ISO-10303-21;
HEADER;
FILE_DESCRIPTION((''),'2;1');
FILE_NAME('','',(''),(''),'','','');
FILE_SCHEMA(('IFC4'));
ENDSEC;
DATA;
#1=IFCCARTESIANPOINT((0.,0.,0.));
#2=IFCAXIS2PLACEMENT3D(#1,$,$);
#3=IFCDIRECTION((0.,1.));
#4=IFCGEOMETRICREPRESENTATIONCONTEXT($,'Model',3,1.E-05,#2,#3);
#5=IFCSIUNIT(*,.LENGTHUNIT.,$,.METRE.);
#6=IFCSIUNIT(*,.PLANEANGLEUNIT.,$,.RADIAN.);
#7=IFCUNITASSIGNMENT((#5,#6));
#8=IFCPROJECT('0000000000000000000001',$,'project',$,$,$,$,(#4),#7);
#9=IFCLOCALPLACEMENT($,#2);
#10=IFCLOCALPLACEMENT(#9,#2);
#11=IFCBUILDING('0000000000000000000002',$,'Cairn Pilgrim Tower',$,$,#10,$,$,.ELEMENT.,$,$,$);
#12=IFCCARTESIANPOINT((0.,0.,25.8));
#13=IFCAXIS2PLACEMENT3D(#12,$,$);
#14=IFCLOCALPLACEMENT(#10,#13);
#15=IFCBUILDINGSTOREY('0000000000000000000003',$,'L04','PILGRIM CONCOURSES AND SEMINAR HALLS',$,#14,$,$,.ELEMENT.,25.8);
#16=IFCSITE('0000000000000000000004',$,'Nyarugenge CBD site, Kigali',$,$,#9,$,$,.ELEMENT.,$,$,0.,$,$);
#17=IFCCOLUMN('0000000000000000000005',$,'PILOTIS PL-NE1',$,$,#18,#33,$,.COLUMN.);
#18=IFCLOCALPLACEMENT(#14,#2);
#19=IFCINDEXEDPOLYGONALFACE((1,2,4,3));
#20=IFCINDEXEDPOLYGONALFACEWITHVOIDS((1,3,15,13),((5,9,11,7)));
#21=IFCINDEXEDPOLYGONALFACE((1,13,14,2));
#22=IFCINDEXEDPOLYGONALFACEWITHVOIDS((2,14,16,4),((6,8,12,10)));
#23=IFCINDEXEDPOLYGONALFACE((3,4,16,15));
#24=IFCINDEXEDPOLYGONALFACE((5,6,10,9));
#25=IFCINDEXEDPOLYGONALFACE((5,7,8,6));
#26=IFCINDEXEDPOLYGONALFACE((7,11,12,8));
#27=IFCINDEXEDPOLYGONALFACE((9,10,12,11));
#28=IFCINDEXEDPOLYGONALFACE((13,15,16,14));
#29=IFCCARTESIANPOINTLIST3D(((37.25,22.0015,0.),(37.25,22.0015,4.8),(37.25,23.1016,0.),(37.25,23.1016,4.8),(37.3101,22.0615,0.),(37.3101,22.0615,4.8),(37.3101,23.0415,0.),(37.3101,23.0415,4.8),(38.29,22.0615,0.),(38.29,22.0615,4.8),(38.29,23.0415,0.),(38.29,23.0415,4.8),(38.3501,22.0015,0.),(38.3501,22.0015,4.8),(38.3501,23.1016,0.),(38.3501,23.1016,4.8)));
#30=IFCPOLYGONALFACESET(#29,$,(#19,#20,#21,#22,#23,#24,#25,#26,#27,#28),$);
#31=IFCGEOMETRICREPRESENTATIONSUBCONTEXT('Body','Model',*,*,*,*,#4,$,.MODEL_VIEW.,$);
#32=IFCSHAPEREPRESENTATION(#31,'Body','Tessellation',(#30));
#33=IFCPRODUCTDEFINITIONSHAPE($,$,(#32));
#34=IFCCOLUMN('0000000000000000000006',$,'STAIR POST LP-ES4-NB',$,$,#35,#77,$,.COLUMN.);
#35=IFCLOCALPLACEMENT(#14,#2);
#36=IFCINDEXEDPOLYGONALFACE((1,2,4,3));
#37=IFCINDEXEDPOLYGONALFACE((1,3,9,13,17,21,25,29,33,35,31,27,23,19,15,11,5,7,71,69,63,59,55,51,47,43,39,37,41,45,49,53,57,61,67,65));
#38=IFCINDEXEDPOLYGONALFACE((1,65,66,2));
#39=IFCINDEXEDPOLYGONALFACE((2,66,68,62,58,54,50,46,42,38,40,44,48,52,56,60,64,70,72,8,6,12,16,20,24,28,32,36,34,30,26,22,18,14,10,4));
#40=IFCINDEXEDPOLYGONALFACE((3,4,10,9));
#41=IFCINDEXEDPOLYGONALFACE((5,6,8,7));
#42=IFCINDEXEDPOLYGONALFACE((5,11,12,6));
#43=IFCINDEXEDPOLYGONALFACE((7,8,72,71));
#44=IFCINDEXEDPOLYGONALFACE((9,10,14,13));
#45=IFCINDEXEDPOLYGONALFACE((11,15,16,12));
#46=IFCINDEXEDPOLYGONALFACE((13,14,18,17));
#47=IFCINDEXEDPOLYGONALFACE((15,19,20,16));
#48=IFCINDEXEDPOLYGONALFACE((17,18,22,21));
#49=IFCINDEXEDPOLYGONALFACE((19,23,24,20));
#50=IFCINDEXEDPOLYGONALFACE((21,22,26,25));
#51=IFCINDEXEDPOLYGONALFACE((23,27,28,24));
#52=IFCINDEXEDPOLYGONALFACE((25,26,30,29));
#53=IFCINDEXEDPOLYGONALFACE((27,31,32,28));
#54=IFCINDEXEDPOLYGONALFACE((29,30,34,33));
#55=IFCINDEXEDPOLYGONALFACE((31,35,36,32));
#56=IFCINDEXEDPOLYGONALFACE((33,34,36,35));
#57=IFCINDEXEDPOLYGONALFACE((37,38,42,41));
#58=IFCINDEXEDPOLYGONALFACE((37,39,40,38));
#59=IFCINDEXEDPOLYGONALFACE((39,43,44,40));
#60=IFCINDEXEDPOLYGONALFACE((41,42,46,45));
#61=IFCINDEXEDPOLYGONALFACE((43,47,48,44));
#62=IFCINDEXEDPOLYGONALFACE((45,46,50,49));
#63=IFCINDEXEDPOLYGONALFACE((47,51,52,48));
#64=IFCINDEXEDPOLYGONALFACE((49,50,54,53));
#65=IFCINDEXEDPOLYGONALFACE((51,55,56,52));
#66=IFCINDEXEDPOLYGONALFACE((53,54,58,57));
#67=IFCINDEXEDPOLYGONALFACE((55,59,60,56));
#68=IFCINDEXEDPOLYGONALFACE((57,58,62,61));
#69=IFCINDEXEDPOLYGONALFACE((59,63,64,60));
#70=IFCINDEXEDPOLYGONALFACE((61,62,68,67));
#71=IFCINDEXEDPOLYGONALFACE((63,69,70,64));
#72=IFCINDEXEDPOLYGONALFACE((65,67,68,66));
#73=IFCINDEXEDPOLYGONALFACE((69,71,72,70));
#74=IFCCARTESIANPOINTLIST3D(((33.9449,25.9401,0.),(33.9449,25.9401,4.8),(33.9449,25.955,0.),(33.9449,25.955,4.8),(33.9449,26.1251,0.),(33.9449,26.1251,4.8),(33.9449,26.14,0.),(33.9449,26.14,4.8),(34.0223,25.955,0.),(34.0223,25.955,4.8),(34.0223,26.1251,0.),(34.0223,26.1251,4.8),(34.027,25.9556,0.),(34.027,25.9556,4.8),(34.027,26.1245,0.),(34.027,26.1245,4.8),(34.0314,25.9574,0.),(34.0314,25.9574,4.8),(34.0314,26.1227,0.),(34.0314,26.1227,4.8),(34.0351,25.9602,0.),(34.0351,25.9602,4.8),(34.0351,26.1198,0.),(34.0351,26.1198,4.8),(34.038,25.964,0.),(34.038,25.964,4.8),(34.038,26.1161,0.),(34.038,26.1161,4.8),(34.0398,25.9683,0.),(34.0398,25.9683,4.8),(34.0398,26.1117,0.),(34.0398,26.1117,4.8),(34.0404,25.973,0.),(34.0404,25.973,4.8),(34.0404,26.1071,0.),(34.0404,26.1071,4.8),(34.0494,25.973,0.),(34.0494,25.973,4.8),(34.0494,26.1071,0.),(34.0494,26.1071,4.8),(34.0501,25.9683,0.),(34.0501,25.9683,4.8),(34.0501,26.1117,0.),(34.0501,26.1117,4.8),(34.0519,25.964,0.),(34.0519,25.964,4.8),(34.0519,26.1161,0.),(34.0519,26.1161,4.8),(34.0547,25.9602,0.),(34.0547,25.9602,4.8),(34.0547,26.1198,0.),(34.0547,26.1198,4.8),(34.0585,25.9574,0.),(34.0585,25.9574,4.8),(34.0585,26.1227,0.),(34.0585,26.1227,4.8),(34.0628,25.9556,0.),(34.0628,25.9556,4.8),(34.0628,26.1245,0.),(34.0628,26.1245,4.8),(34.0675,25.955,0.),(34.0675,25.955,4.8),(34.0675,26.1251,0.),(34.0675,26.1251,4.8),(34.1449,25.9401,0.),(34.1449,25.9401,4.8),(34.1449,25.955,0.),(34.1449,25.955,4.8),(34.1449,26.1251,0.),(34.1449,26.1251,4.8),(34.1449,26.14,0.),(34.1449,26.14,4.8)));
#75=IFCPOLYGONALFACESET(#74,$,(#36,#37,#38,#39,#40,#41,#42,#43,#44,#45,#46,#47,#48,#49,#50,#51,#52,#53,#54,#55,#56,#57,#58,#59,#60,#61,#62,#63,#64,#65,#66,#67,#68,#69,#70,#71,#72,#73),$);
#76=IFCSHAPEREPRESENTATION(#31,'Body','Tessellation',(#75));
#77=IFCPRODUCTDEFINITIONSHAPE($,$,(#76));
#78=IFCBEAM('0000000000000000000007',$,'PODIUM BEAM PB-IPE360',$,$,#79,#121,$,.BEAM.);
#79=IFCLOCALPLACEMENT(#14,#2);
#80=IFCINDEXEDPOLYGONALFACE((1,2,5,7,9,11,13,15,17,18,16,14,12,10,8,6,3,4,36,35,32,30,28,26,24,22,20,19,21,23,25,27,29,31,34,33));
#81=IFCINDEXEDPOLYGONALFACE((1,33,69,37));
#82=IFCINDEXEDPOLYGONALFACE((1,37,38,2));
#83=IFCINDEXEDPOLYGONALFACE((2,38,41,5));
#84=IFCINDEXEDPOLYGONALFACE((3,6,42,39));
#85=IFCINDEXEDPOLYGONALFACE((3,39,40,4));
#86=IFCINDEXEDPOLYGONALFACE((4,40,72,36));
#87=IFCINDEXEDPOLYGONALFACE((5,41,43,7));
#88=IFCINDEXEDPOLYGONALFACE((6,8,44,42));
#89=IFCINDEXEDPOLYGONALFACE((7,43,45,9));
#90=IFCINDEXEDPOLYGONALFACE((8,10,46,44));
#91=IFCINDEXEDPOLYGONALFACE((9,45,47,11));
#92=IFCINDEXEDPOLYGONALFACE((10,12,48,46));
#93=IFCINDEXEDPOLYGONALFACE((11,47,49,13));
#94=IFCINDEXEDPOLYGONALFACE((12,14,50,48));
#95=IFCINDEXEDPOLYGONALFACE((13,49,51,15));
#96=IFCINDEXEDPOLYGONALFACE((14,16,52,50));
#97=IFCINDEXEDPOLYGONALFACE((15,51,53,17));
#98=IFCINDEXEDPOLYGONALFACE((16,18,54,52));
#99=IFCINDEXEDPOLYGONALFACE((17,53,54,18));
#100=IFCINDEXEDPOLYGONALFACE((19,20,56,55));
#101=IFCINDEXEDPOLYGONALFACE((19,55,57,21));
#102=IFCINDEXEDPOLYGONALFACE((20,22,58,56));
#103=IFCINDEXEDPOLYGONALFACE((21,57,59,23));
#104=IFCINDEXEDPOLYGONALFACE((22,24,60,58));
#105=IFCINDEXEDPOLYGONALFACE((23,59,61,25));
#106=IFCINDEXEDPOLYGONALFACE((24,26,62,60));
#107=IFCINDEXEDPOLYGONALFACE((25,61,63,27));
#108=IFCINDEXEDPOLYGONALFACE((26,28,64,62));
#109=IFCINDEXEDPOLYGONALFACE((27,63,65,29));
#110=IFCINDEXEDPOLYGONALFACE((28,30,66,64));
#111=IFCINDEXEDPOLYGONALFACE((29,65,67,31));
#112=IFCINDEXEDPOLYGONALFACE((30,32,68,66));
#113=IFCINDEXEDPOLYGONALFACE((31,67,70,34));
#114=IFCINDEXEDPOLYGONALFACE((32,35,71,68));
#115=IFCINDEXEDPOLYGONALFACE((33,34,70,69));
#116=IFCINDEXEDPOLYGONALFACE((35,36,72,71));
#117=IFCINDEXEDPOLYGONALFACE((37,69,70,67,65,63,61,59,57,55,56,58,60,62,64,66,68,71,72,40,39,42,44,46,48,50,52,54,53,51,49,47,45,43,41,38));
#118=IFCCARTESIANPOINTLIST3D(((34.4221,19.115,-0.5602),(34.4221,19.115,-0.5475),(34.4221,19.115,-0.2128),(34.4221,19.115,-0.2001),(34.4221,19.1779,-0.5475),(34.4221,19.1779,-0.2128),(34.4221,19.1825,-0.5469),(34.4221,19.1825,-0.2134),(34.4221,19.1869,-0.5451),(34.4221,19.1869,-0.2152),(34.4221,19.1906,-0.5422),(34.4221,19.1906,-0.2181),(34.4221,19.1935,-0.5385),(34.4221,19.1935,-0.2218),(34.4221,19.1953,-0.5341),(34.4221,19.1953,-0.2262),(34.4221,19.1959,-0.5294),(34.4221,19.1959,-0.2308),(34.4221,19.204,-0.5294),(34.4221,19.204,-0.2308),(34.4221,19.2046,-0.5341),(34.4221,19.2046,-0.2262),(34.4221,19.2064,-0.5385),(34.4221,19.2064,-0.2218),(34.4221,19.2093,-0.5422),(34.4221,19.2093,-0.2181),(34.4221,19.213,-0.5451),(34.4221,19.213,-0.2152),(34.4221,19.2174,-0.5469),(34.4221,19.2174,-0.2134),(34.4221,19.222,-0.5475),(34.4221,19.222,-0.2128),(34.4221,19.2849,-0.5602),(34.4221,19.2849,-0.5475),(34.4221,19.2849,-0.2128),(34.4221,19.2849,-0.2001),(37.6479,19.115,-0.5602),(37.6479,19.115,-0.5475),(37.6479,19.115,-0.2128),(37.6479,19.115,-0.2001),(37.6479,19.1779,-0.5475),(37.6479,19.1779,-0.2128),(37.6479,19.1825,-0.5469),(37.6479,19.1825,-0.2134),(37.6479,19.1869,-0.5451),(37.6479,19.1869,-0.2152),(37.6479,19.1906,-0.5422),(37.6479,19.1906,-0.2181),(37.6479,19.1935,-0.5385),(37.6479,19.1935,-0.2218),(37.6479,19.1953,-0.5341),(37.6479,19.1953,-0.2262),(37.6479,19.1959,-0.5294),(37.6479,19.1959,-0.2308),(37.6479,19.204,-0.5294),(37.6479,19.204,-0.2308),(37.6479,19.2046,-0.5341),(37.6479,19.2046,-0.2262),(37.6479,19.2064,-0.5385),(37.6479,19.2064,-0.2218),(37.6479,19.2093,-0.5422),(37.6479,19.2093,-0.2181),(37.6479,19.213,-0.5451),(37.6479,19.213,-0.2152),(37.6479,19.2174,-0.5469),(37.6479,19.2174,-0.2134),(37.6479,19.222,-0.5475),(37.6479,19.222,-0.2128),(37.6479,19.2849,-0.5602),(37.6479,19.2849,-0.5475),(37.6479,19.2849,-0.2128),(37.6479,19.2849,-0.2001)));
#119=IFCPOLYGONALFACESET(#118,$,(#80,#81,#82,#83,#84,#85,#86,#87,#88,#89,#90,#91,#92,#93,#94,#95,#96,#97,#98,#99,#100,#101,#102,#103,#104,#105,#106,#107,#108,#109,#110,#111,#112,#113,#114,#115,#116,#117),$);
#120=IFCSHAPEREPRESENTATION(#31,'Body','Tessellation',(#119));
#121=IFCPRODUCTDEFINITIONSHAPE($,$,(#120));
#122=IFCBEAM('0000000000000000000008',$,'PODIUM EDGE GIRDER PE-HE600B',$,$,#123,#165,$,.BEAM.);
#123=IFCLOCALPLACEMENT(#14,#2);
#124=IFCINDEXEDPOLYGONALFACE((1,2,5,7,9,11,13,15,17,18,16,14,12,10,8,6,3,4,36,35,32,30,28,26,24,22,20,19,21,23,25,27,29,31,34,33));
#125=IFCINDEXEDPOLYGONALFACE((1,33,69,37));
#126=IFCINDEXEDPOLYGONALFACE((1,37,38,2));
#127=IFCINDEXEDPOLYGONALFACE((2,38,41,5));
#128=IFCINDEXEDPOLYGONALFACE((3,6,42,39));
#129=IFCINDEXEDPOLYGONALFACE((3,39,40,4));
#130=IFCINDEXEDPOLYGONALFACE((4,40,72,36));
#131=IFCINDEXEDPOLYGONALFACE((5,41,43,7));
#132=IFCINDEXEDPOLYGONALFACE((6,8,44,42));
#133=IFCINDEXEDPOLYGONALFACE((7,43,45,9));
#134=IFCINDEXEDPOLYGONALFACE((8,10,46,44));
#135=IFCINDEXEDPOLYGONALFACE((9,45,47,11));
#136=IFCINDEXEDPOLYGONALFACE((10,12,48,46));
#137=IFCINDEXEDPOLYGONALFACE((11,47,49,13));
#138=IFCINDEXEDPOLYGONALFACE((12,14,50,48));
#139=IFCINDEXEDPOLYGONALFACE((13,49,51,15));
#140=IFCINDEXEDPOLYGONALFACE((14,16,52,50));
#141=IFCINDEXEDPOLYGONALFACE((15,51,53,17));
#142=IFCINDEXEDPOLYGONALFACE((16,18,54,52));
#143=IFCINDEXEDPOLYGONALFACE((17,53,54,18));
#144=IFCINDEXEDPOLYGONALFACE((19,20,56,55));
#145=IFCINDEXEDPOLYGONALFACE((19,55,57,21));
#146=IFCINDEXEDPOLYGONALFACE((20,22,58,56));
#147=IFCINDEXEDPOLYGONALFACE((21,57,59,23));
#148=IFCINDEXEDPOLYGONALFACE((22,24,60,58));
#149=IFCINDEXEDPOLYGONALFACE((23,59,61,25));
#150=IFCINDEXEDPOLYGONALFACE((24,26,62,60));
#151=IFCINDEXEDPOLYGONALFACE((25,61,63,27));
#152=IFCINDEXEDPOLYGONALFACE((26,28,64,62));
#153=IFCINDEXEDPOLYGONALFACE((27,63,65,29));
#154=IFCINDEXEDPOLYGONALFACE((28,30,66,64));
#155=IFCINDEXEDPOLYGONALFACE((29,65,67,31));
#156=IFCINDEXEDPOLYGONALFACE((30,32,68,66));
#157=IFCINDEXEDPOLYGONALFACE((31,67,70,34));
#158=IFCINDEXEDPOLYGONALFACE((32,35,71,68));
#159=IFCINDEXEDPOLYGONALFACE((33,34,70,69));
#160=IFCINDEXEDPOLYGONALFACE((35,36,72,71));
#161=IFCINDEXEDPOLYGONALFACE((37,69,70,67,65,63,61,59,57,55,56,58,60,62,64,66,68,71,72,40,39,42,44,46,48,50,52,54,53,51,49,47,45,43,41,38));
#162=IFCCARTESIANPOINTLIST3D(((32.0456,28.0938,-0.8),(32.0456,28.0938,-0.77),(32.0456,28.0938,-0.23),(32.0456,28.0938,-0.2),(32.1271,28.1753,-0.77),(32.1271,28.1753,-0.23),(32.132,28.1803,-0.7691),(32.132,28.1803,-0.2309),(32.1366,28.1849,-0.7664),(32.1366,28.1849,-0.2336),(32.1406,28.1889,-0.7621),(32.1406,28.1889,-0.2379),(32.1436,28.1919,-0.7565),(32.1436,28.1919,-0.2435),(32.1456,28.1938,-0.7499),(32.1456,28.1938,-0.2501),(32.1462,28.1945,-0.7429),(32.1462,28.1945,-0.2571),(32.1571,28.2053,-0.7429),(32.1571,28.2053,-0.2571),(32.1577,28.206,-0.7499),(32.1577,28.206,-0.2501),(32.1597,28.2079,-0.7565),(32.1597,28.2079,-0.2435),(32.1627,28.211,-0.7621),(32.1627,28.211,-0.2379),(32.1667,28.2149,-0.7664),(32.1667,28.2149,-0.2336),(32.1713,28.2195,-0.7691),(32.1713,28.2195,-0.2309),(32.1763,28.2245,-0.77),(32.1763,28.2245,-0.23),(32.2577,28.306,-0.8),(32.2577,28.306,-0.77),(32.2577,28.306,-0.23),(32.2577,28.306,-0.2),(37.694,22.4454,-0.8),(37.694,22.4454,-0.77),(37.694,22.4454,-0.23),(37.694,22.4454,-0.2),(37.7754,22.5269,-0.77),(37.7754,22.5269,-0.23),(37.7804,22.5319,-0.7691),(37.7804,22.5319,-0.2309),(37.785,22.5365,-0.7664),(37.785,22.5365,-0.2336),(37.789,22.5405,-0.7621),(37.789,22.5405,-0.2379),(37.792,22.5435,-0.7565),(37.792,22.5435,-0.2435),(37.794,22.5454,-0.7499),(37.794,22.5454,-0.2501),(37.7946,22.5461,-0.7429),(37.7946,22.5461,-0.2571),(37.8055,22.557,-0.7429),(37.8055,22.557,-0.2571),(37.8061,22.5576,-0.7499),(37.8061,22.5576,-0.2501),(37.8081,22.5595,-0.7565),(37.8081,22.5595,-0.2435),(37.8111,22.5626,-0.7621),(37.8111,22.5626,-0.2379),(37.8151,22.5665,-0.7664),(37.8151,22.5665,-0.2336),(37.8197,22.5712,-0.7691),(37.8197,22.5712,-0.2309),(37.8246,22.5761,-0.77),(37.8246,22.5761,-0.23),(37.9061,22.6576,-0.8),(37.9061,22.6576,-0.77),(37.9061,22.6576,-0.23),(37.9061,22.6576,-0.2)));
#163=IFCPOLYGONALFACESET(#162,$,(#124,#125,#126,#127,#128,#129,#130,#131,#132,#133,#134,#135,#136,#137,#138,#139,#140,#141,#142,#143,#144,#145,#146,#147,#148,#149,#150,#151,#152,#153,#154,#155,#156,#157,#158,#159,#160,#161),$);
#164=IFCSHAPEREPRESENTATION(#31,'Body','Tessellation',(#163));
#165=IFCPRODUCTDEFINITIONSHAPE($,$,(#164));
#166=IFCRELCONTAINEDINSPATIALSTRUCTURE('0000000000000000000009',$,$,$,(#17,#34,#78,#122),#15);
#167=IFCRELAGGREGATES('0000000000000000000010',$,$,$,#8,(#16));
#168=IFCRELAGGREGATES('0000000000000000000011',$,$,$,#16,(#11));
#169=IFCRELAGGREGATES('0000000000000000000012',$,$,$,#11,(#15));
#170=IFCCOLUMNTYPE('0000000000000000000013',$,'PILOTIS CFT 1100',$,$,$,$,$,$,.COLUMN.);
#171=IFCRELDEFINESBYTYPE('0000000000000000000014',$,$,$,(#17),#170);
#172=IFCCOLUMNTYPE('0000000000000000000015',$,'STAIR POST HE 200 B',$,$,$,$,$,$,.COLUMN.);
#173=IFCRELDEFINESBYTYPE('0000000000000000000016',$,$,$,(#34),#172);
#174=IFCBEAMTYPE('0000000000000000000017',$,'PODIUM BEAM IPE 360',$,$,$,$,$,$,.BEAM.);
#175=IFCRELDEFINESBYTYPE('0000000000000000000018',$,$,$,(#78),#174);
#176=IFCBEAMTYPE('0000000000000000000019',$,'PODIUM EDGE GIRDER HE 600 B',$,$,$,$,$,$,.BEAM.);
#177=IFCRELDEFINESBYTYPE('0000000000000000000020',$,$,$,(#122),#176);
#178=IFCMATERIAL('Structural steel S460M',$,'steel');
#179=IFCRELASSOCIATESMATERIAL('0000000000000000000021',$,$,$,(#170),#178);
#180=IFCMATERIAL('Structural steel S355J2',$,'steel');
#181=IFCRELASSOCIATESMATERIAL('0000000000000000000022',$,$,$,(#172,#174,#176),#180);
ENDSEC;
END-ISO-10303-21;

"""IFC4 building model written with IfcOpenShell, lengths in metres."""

from ifc_helpers import new_model, si_unit, direction, frame, origin, origin_2d, place, context, subcontext, project, spatial, hollow_rectangle, i_section, extrude, material, material_profile, profile_set, type_object, element, save


model = new_model("IFC4")

# Units and contexts
model_context = context("Model", 3, precision=1e-05, world=origin(), true_north=direction((0.0, 1.0)))
body_context = subcontext(model_context, "Body", "Model", "MODEL_VIEW")
ifc_project = project(units=[si_unit("LENGTHUNIT", "METRE"), si_unit("PLANEANGLEUNIT", "RADIAN")], contexts=[model_context])

# Site, building, storey
site_placement = place(None, origin())
site = spatial("IfcSite", under=ifc_project, at=site_placement, Name="Nyarugenge CBD site, Kigali", CompositionType="ELEMENT", RefElevation=0.0)
building_placement = place(site_placement, origin())
building = spatial("IfcBuilding", under=site, at=building_placement, Name="Cairn Pilgrim Tower", CompositionType="ELEMENT")
storey_placement = place(building_placement, frame((0.0, 0.0, 25.8)))
storey = spatial("IfcBuildingStorey", under=building, at=storey_placement, Name="L04", Description="PILGRIM CONCOURSES AND SEMINAR HALLS", CompositionType="ELEMENT", Elevation=25.8)

# Columns
ifc_material_1 = material(Name="Structural steel S460M", Category="steel")
ifc_material_profile_1 = material_profile(ifc_material_1, hollow_rectangle(XDim=1.1001, YDim=1.1001, WallThickness=0.0601, at=origin_2d()), Name="BOX 1100x1100x60")
ifc_profile_set_1 = profile_set([ifc_material_profile_1], Name="Structural steel S460M")
column_type_1 = type_object("IfcColumnType", Name="PILOTIS CFT 1100", PredefinedType="COLUMN", material=ifc_profile_set_1)
column_1_placement = place(storey_placement, frame((37.8, 22.5515, 0.0), z_axis=(0.0, 0.0, 1.0), x_axis=(1.0, 0.0, 0.0)))
element("IfcColumn", 1, at=column_1_placement, inside=storey, type_object=column_type_1, Name="PILOTIS PL-NE1", PredefinedType="COLUMN", context=body_context, shape_type="SweptSolid", body=[
    extrude(hollow_rectangle(XDim=1.1001, YDim=1.1001, WallThickness=0.0601, at=origin_2d()), origin(), (0.0, 0.0, 1.0), 4.8),
])
ifc_material_2 = material(Name="Structural steel S355J2", Category="steel")
ifc_material_profile_2 = material_profile(ifc_material_2, i_section(OverallWidth=0.2, OverallDepth=0.2, WebThickness=0.009, FlangeThickness=0.0149, FilletRadius=0.0181, at=origin_2d()), Name="HE 200 B")
ifc_profile_set_2 = profile_set([ifc_material_profile_2], Name="Structural steel S355J2")
column_type_2 = type_object("IfcColumnType", Name="STAIR POST HE 200 B", PredefinedType="COLUMN", material=ifc_profile_set_2)
column_2_placement = place(storey_placement, frame((34.0449, 26.04, 0.0), z_axis=(0.0, 0.0, 1.0), x_axis=(1.0, 0.0, 0.0)))
element("IfcColumn", 2, at=column_2_placement, inside=storey, type_object=column_type_2, Name="STAIR POST LP-ES4-NB", PredefinedType="COLUMN", context=body_context, shape_type="SweptSolid", body=[
    extrude(i_section(OverallWidth=0.2, OverallDepth=0.2, WebThickness=0.009, FlangeThickness=0.0149, FilletRadius=0.0181, at=origin_2d()), origin(), (0.0, 0.0, 1.0), 4.8),
])

# Beams
ifc_material_profile_3 = material_profile(ifc_material_2, i_section(OverallWidth=0.1699, OverallDepth=0.3601, WebThickness=0.0081, FlangeThickness=0.0127, FilletRadius=0.0181, at=origin_2d()), Name="IPE 360")
ifc_profile_set_3 = profile_set([ifc_material_profile_3], Name="Structural steel S355J2")
beam_type_1 = type_object("IfcBeamType", Name="PODIUM BEAM IPE 360", PredefinedType="BEAM", material=ifc_profile_set_3)
beam_1_placement = place(storey_placement, frame((34.4221, 19.2, -0.3801), z_axis=(1.0, 0.0, 0.0), x_axis=(0.0, 1.0, 0.0)))
element("IfcBeam", 3, at=beam_1_placement, inside=storey, type_object=beam_type_1, Name="PODIUM BEAM PB-IPE360", PredefinedType="BEAM", context=body_context, shape_type="SweptSolid", body=[
    extrude(i_section(OverallWidth=0.1699, OverallDepth=0.3601, WebThickness=0.0081, FlangeThickness=0.0127, FilletRadius=0.0181, at=origin_2d()), origin(), (0.0, 0.0, 1.0), 3.2258),
])
ifc_material_profile_4 = material_profile(ifc_material_2, i_section(OverallWidth=0.3, OverallDepth=0.6001, WebThickness=0.0154, FlangeThickness=0.03, FilletRadius=0.0271, at=origin_2d()), Name="HEB 600")
ifc_profile_set_4 = profile_set([ifc_material_profile_4], Name="Structural steel S355J2")
beam_type_2 = type_object("IfcBeamType", Name="PODIUM EDGE GIRDER HE 600 B", PredefinedType="BEAM", material=ifc_profile_set_4)
beam_2_placement = place(storey_placement, frame((37.8, 22.5515, -0.5), z_axis=(-0.707107, 0.707107, 0.0), x_axis=(-0.707107, -0.707107, 0.0)))
element("IfcBeam", 4, at=beam_2_placement, inside=storey, type_object=beam_type_2, Name="PODIUM EDGE GIRDER PE-HE600B", PredefinedType="BEAM", context=body_context, shape_type="SweptSolid", body=[
    extrude(i_section(OverallWidth=0.3, OverallDepth=0.6001, WebThickness=0.0154, FlangeThickness=0.03, FilletRadius=0.0271, at=origin_2d()), origin(), (0.0, 0.0, 1.0), 7.988),
])

save(model, "model.ifc")
